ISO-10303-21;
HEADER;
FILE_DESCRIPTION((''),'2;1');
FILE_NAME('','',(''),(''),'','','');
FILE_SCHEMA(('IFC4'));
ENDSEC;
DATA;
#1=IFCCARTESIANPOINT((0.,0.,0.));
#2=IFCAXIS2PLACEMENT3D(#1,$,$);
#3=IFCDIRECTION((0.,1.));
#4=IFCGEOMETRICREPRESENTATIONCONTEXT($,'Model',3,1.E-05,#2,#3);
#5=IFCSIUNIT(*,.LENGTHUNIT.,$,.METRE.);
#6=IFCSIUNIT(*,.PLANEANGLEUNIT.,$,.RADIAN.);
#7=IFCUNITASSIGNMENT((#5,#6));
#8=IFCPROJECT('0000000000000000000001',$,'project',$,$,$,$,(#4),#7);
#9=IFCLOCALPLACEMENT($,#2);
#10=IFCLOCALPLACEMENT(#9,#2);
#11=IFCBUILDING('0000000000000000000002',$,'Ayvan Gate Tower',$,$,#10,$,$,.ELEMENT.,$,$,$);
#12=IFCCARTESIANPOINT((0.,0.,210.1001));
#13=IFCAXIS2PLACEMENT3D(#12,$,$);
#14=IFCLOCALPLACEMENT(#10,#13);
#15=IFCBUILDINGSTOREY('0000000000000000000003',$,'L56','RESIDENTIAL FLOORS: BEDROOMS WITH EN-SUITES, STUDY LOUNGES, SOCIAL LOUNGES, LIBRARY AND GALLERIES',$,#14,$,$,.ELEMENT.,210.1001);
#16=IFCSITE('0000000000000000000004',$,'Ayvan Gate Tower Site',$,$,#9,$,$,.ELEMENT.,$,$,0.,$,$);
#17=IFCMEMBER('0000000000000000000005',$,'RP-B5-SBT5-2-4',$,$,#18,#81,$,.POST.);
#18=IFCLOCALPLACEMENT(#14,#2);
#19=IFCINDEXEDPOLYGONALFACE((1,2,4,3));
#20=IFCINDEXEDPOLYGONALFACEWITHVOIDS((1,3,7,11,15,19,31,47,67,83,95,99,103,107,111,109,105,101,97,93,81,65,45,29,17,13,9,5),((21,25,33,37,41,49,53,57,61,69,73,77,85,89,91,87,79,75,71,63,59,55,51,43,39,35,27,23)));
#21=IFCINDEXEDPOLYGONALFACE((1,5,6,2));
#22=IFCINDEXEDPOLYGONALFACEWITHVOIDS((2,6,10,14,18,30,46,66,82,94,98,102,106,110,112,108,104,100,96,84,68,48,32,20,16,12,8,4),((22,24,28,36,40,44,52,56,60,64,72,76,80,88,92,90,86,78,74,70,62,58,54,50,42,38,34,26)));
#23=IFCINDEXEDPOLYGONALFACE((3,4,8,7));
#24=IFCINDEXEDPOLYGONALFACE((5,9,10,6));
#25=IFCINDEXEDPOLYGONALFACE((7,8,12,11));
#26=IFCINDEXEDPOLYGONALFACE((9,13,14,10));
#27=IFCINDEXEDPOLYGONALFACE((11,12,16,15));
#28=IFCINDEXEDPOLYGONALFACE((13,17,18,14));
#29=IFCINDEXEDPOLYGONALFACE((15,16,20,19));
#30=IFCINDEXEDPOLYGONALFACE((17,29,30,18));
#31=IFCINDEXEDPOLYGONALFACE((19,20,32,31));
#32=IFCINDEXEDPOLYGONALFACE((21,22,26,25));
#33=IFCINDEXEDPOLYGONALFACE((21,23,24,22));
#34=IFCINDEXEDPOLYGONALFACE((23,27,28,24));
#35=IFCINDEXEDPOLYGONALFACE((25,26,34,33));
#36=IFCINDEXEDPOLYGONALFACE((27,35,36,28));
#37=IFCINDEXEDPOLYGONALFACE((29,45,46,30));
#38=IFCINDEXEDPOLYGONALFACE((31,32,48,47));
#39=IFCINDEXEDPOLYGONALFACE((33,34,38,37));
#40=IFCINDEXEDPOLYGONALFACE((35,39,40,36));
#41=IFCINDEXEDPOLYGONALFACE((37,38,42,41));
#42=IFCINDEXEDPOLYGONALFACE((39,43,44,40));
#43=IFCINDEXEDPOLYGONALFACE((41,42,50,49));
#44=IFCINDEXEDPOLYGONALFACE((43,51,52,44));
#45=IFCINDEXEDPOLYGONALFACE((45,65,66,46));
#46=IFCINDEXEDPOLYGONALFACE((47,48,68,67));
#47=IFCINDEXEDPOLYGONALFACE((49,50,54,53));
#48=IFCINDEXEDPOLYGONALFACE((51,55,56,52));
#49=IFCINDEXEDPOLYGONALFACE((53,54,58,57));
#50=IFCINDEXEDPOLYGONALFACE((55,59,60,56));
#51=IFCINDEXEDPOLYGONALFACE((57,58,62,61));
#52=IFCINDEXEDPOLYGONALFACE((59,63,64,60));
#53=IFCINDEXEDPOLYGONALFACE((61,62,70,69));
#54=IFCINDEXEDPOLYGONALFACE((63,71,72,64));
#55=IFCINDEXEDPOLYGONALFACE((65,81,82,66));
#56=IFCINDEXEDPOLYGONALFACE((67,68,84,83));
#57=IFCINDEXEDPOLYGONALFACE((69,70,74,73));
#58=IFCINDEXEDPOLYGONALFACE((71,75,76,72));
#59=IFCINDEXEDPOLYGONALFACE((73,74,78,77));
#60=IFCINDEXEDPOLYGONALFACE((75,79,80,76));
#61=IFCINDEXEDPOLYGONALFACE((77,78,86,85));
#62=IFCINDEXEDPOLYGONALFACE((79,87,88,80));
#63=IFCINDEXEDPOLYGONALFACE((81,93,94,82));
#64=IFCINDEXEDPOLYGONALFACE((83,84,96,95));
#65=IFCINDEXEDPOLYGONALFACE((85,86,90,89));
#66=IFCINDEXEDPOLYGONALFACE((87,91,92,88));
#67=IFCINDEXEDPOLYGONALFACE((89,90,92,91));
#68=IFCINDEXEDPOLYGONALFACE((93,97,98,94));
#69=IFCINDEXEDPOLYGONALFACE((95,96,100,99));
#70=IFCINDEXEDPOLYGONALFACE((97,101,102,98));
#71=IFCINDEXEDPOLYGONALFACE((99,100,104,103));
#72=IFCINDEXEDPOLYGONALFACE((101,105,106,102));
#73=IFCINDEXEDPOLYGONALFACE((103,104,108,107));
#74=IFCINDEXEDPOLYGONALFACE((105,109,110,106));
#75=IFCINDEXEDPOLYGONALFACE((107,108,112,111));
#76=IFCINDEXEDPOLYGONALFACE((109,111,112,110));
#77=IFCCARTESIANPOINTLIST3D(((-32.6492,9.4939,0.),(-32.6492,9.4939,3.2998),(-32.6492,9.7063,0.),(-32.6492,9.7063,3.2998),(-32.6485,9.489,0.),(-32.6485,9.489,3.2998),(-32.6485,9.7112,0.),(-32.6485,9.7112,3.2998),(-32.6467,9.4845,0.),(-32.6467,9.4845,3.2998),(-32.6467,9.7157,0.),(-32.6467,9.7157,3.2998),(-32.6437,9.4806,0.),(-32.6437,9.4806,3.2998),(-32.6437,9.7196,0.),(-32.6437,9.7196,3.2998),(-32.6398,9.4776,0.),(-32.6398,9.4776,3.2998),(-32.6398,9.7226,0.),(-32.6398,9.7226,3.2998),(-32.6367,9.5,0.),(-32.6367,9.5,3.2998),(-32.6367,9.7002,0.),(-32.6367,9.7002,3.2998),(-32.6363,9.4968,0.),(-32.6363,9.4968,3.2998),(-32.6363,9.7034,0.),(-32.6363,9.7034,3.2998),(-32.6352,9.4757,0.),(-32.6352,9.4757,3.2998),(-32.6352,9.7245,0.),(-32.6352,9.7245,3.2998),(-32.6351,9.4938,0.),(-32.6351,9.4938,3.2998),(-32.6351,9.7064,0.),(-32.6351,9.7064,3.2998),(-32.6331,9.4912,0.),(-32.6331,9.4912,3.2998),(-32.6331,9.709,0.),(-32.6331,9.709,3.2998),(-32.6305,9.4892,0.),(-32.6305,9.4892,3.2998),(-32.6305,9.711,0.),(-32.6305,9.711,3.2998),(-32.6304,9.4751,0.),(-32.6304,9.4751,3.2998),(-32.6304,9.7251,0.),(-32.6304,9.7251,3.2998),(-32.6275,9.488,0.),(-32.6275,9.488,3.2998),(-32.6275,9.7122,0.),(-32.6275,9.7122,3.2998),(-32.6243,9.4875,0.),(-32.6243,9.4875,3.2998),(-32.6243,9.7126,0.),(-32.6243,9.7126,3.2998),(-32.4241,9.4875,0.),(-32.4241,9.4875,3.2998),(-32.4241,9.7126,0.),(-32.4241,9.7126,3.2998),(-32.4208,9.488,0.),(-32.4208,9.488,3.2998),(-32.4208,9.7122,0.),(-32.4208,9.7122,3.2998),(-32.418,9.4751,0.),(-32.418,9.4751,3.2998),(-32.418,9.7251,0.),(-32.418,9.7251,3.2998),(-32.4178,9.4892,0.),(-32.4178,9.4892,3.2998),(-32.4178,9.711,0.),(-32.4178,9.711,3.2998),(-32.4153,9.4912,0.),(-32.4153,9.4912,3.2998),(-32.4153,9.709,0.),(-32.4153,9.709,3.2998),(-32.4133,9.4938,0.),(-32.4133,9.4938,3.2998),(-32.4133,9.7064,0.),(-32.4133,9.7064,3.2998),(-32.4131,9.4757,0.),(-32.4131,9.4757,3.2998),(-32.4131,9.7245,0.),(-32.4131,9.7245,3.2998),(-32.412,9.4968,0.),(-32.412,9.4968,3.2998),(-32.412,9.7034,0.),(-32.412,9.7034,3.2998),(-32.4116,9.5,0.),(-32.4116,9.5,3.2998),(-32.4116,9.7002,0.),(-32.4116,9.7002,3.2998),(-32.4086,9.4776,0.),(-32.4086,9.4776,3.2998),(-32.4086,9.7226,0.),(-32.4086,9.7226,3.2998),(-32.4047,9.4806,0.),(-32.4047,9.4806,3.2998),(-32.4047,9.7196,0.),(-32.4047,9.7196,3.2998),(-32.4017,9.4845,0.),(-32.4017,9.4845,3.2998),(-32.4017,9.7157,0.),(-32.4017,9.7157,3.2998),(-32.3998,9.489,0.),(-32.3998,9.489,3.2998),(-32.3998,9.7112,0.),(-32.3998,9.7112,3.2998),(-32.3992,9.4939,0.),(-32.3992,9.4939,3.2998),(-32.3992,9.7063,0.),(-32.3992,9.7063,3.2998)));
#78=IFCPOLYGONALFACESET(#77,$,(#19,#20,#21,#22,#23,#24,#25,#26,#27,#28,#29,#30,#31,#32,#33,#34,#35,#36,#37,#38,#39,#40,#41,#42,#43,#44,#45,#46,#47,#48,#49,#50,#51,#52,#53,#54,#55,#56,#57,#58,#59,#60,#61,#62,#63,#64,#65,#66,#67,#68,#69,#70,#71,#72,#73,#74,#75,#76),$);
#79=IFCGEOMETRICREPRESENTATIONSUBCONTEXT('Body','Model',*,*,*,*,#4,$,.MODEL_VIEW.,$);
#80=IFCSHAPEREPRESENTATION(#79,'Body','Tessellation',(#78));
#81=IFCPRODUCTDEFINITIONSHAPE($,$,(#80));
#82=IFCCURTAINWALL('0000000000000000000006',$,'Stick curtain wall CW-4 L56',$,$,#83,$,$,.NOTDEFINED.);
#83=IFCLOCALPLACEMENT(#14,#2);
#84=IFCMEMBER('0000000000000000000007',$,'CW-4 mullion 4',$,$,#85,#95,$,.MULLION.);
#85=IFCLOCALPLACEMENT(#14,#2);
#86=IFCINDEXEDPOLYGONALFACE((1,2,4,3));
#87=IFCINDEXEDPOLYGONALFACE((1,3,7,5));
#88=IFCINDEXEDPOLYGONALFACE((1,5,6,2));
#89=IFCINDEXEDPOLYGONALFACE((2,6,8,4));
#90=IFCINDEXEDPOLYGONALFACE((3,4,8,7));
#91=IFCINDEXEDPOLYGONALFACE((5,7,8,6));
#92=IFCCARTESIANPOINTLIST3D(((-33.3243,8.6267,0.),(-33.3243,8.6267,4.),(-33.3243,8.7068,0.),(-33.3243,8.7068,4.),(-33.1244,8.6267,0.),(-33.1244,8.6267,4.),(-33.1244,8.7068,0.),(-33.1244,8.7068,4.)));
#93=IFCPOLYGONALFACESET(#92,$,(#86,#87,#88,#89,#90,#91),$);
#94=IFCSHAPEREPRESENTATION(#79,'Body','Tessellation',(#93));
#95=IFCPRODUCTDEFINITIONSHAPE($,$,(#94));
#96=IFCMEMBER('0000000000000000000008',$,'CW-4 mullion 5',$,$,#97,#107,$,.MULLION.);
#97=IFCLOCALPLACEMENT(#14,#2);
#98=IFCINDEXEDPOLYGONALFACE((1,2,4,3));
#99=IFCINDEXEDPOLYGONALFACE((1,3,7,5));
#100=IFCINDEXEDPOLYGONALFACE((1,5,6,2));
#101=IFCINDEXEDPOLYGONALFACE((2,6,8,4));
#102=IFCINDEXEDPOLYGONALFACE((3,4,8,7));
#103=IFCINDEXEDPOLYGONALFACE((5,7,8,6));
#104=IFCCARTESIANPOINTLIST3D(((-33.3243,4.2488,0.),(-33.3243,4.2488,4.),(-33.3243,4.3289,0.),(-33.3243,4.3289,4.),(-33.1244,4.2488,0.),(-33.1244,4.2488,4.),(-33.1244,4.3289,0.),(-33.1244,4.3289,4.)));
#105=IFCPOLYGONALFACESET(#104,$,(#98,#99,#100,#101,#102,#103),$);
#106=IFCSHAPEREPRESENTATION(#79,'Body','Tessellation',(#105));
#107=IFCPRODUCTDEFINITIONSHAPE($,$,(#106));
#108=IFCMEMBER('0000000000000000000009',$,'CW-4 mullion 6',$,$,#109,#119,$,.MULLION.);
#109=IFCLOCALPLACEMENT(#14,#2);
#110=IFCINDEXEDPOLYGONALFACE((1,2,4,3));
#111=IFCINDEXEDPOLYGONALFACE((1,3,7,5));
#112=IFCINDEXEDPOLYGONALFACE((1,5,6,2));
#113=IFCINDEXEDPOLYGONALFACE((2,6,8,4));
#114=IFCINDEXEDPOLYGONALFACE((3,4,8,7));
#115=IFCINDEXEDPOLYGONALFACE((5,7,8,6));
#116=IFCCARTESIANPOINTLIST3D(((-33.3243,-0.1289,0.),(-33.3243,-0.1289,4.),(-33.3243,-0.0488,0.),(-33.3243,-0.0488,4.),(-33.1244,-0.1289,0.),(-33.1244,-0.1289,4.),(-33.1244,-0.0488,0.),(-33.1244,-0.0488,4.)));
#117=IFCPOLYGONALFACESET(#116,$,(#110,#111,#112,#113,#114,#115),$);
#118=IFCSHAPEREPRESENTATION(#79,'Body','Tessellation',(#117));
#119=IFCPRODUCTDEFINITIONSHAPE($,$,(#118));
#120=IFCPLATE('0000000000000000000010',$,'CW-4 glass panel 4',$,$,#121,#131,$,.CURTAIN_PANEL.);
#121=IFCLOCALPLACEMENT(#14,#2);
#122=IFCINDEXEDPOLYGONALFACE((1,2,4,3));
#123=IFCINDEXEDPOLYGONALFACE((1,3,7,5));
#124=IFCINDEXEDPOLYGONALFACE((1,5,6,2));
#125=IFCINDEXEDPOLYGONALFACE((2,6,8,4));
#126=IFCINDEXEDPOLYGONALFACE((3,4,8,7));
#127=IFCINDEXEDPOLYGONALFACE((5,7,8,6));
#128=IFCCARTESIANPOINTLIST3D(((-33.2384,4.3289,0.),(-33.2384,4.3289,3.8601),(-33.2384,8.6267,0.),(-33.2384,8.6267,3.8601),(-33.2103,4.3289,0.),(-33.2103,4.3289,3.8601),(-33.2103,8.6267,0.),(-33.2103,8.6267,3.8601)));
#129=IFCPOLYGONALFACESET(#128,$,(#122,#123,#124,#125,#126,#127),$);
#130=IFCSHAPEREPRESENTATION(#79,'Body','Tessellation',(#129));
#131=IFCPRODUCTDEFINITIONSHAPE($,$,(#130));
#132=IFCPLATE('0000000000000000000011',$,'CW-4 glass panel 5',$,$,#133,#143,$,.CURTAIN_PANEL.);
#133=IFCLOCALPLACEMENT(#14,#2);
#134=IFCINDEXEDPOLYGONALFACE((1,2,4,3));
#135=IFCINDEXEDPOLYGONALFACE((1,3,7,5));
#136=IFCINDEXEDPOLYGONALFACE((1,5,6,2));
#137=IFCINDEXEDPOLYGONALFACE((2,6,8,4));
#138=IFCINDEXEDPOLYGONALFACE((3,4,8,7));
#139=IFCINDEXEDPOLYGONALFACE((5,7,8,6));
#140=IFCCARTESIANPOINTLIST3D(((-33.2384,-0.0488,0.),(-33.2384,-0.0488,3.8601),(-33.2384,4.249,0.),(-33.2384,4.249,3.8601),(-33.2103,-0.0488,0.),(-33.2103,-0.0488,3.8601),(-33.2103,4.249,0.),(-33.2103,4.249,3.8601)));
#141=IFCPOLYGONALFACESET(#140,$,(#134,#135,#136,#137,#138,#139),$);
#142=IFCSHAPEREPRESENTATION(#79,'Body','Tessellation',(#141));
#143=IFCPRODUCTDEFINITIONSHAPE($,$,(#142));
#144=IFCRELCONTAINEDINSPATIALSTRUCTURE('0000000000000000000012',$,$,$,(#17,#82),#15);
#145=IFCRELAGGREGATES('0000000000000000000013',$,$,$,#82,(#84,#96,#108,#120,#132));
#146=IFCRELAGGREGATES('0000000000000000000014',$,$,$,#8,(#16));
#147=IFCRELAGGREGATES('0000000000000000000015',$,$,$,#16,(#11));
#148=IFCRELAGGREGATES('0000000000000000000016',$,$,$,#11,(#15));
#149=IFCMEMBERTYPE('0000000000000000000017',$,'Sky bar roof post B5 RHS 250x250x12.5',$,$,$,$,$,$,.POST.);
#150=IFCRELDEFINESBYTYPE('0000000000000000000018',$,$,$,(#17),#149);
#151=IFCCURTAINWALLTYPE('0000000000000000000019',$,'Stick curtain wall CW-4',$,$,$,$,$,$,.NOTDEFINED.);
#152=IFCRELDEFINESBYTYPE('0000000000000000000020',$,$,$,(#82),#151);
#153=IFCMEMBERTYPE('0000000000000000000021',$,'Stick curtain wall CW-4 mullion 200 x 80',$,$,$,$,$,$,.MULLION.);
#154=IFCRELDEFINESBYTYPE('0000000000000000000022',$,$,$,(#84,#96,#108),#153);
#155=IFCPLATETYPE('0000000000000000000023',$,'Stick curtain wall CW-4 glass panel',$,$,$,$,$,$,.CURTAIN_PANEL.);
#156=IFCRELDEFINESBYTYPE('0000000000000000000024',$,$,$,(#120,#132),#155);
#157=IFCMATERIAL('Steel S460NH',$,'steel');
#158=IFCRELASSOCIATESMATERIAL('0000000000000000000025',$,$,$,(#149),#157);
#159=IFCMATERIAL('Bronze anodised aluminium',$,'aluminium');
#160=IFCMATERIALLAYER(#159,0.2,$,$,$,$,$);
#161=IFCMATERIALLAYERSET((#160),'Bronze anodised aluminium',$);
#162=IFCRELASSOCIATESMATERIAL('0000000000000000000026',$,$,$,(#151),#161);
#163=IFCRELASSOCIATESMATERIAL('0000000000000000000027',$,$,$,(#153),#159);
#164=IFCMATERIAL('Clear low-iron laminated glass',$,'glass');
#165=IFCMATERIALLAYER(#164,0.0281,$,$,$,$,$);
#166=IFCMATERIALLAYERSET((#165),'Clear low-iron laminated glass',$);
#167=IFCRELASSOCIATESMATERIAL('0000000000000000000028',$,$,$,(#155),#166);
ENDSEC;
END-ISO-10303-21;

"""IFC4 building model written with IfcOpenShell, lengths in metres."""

from ifc_helpers import new_model, si_unit, direction, frame, origin, origin_2d, place, context, subcontext, project, spatial, rectangle, hollow_rectangle, extrude, material, layer, layer_set, material_profile, profile_set, type_object, element, aggregate, save


model = new_model("IFC4")

# Units and contexts
model_context = context("Model", 3, precision=1e-05, world=origin(), true_north=direction((0.0, 1.0)))
body_context = subcontext(model_context, "Body", "Model", "MODEL_VIEW")
ifc_project = project(units=[si_unit("LENGTHUNIT", "METRE"), si_unit("PLANEANGLEUNIT", "RADIAN")], contexts=[model_context])

# Site, building, storey
site_placement = place(None, origin())
site = spatial("IfcSite", under=ifc_project, at=site_placement, Name="Ayvan Gate Tower Site", CompositionType="ELEMENT", RefElevation=0.0)
building_placement = place(site_placement, origin())
building = spatial("IfcBuilding", under=site, at=building_placement, Name="Ayvan Gate Tower", CompositionType="ELEMENT")
storey_placement = place(building_placement, frame((0.0, 0.0, 210.1001)))
storey = spatial("IfcBuildingStorey", under=building, at=storey_placement, Name="L56", Description="RESIDENTIAL FLOORS: BEDROOMS WITH EN-SUITES, STUDY LOUNGES, SOCIAL LOUNGES, LIBRARY AND GALLERIES", CompositionType="ELEMENT", Elevation=210.1001)

# Member
ifc_material_1 = material(Name="Steel S460NH", Category="steel")
ifc_material_profile_1 = material_profile(ifc_material_1, hollow_rectangle(XDim=0.25, YDim=0.25, WallThickness=0.0125, InnerFilletRadius=0.0125, OuterFilletRadius=0.0188, at=origin_2d()), Name="RHS 250x250x12.5")
ifc_profile_set_1 = profile_set([ifc_material_profile_1], Name="Steel S460NH")
member_type_1 = type_object("IfcMemberType", Name="Sky bar roof post B5 RHS 250x250x12.5", PredefinedType="POST", material=ifc_profile_set_1)
for number, where, z_axis, x_axis, name in (
    (1, (-32.5242, 9.6001, 0.0), (0.0, 0.0, 1.0), (1.0, 0.0, 0.0), "RP-B5-SBT5-2-4"),
):
    element("IfcMember", number, at=place(storey_placement, frame(where, z_axis=z_axis, x_axis=x_axis)), inside=storey, type_object=member_type_1, Name=name, PredefinedType="POST", context=body_context, shape_type="SweptSolid", body=[
        extrude(hollow_rectangle(XDim=0.25, YDim=0.25, WallThickness=0.0125, InnerFilletRadius=0.0125, OuterFilletRadius=0.0188, at=origin_2d()), origin(), (0.0, 0.0, 1.0), 3.2998),
    ])

# Curtain wall, members, plates
ifc_material_2 = material(Name="Bronze anodised aluminium", Category="aluminium")
ifc_layer_1 = layer(ifc_material_2, 0.2)
ifc_layer_set_1 = layer_set([ifc_layer_1], Name="Bronze anodised aluminium")
curtain_wall_type = type_object("IfcCurtainWallType", Name="Stick curtain wall CW-4", PredefinedType="NOTDEFINED", material=ifc_layer_set_1)
curtain_wall_placement = place(storey_placement, origin())
curtain_wall = element("IfcCurtainWall", 2, at=curtain_wall_placement, inside=storey, type_object=curtain_wall_type, Name="Stick curtain wall CW-4 L56", PredefinedType="NOTDEFINED")
ifc_material_profile_2 = material_profile(ifc_material_2, rectangle(XDim=0.2, YDim=0.0801, at=origin_2d()), Name="Stick curtain wall CW-4 mullion 200 x 80")
ifc_profile_set_2 = profile_set([ifc_material_profile_2], Name="Bronze anodised aluminium")
member_type_2 = type_object("IfcMemberType", Name="Stick curtain wall CW-4 mullion 200 x 80", PredefinedType="MULLION", material=ifc_profile_set_2)
member_1_placement = place(storey_placement, frame((-33.2244, 8.6667, 0.0), z_axis=(0.0, 0.0, 1.0), x_axis=(-1.0, 0.0, 0.0)))
member_1 = element("IfcMember", 3, at=member_1_placement, type_object=member_type_2, Name="CW-4 mullion 4", PredefinedType="MULLION", context=body_context, shape_type="SweptSolid", body=[
    extrude(rectangle(XDim=0.2, YDim=0.0801, at=origin_2d()), origin(), (0.0, 0.0, 1.0), 4.0),
])
member_2_placement = place(storey_placement, frame((-33.2244, 4.2888, 0.0), z_axis=(0.0, 0.0, 1.0), x_axis=(-1.0, 0.0, 0.0)))
member_2 = element("IfcMember", 4, at=member_2_placement, type_object=member_type_2, Name="CW-4 mullion 5", PredefinedType="MULLION", context=body_context, shape_type="SweptSolid", body=[
    extrude(rectangle(XDim=0.2, YDim=0.0801, at=origin_2d()), origin(), (0.0, 0.0, 1.0), 4.0),
])
member_3_placement = place(storey_placement, frame((-33.2244, -0.0889, 0.0), z_axis=(0.0, 0.0, 1.0), x_axis=(-1.0, 0.0, 0.0)))
member_3 = element("IfcMember", 5, at=member_3_placement, type_object=member_type_2, Name="CW-4 mullion 6", PredefinedType="MULLION", context=body_context, shape_type="SweptSolid", body=[
    extrude(rectangle(XDim=0.2, YDim=0.0801, at=origin_2d()), origin(), (0.0, 0.0, 1.0), 4.0),
])
ifc_material_3 = material(Name="Clear low-iron laminated glass", Category="glass")
ifc_layer_2 = layer(ifc_material_3, 0.0281)
ifc_layer_set_2 = layer_set([ifc_layer_2], Name="Clear low-iron laminated glass")
plate_type = type_object("IfcPlateType", Name="Stick curtain wall CW-4 glass panel", PredefinedType="CURTAIN_PANEL", material=ifc_layer_set_2)
plate_1_placement = place(storey_placement, frame((-33.2244, 6.4778, 0.0), z_axis=(0.0, 0.0, 1.0), x_axis=(0.0, -1.0, 0.0)))
plate_1 = element("IfcPlate", 6, at=plate_1_placement, type_object=plate_type, Name="CW-4 glass panel 4", PredefinedType="CURTAIN_PANEL", context=body_context, shape_type="SweptSolid", body=[
    extrude(rectangle(XDim=4.2979, YDim=0.0281, at=origin_2d()), origin(), (0.0, 0.0, 1.0), 3.8601),
])
plate_2_placement = place(storey_placement, frame((-33.2244, 2.1001, 0.0), z_axis=(0.0, 0.0, 1.0), x_axis=(0.0, -1.0, 0.0)))
plate_2 = element("IfcPlate", 7, at=plate_2_placement, type_object=plate_type, Name="CW-4 glass panel 5", PredefinedType="CURTAIN_PANEL", context=body_context, shape_type="SweptSolid", body=[
    extrude(rectangle(XDim=4.2979, YDim=0.0281, at=origin_2d()), origin(), (0.0, 0.0, 1.0), 3.8601),
])
aggregate(curtain_wall, [member_1, member_2, member_3, plate_1, plate_2])

save(model, "model.ifc")
